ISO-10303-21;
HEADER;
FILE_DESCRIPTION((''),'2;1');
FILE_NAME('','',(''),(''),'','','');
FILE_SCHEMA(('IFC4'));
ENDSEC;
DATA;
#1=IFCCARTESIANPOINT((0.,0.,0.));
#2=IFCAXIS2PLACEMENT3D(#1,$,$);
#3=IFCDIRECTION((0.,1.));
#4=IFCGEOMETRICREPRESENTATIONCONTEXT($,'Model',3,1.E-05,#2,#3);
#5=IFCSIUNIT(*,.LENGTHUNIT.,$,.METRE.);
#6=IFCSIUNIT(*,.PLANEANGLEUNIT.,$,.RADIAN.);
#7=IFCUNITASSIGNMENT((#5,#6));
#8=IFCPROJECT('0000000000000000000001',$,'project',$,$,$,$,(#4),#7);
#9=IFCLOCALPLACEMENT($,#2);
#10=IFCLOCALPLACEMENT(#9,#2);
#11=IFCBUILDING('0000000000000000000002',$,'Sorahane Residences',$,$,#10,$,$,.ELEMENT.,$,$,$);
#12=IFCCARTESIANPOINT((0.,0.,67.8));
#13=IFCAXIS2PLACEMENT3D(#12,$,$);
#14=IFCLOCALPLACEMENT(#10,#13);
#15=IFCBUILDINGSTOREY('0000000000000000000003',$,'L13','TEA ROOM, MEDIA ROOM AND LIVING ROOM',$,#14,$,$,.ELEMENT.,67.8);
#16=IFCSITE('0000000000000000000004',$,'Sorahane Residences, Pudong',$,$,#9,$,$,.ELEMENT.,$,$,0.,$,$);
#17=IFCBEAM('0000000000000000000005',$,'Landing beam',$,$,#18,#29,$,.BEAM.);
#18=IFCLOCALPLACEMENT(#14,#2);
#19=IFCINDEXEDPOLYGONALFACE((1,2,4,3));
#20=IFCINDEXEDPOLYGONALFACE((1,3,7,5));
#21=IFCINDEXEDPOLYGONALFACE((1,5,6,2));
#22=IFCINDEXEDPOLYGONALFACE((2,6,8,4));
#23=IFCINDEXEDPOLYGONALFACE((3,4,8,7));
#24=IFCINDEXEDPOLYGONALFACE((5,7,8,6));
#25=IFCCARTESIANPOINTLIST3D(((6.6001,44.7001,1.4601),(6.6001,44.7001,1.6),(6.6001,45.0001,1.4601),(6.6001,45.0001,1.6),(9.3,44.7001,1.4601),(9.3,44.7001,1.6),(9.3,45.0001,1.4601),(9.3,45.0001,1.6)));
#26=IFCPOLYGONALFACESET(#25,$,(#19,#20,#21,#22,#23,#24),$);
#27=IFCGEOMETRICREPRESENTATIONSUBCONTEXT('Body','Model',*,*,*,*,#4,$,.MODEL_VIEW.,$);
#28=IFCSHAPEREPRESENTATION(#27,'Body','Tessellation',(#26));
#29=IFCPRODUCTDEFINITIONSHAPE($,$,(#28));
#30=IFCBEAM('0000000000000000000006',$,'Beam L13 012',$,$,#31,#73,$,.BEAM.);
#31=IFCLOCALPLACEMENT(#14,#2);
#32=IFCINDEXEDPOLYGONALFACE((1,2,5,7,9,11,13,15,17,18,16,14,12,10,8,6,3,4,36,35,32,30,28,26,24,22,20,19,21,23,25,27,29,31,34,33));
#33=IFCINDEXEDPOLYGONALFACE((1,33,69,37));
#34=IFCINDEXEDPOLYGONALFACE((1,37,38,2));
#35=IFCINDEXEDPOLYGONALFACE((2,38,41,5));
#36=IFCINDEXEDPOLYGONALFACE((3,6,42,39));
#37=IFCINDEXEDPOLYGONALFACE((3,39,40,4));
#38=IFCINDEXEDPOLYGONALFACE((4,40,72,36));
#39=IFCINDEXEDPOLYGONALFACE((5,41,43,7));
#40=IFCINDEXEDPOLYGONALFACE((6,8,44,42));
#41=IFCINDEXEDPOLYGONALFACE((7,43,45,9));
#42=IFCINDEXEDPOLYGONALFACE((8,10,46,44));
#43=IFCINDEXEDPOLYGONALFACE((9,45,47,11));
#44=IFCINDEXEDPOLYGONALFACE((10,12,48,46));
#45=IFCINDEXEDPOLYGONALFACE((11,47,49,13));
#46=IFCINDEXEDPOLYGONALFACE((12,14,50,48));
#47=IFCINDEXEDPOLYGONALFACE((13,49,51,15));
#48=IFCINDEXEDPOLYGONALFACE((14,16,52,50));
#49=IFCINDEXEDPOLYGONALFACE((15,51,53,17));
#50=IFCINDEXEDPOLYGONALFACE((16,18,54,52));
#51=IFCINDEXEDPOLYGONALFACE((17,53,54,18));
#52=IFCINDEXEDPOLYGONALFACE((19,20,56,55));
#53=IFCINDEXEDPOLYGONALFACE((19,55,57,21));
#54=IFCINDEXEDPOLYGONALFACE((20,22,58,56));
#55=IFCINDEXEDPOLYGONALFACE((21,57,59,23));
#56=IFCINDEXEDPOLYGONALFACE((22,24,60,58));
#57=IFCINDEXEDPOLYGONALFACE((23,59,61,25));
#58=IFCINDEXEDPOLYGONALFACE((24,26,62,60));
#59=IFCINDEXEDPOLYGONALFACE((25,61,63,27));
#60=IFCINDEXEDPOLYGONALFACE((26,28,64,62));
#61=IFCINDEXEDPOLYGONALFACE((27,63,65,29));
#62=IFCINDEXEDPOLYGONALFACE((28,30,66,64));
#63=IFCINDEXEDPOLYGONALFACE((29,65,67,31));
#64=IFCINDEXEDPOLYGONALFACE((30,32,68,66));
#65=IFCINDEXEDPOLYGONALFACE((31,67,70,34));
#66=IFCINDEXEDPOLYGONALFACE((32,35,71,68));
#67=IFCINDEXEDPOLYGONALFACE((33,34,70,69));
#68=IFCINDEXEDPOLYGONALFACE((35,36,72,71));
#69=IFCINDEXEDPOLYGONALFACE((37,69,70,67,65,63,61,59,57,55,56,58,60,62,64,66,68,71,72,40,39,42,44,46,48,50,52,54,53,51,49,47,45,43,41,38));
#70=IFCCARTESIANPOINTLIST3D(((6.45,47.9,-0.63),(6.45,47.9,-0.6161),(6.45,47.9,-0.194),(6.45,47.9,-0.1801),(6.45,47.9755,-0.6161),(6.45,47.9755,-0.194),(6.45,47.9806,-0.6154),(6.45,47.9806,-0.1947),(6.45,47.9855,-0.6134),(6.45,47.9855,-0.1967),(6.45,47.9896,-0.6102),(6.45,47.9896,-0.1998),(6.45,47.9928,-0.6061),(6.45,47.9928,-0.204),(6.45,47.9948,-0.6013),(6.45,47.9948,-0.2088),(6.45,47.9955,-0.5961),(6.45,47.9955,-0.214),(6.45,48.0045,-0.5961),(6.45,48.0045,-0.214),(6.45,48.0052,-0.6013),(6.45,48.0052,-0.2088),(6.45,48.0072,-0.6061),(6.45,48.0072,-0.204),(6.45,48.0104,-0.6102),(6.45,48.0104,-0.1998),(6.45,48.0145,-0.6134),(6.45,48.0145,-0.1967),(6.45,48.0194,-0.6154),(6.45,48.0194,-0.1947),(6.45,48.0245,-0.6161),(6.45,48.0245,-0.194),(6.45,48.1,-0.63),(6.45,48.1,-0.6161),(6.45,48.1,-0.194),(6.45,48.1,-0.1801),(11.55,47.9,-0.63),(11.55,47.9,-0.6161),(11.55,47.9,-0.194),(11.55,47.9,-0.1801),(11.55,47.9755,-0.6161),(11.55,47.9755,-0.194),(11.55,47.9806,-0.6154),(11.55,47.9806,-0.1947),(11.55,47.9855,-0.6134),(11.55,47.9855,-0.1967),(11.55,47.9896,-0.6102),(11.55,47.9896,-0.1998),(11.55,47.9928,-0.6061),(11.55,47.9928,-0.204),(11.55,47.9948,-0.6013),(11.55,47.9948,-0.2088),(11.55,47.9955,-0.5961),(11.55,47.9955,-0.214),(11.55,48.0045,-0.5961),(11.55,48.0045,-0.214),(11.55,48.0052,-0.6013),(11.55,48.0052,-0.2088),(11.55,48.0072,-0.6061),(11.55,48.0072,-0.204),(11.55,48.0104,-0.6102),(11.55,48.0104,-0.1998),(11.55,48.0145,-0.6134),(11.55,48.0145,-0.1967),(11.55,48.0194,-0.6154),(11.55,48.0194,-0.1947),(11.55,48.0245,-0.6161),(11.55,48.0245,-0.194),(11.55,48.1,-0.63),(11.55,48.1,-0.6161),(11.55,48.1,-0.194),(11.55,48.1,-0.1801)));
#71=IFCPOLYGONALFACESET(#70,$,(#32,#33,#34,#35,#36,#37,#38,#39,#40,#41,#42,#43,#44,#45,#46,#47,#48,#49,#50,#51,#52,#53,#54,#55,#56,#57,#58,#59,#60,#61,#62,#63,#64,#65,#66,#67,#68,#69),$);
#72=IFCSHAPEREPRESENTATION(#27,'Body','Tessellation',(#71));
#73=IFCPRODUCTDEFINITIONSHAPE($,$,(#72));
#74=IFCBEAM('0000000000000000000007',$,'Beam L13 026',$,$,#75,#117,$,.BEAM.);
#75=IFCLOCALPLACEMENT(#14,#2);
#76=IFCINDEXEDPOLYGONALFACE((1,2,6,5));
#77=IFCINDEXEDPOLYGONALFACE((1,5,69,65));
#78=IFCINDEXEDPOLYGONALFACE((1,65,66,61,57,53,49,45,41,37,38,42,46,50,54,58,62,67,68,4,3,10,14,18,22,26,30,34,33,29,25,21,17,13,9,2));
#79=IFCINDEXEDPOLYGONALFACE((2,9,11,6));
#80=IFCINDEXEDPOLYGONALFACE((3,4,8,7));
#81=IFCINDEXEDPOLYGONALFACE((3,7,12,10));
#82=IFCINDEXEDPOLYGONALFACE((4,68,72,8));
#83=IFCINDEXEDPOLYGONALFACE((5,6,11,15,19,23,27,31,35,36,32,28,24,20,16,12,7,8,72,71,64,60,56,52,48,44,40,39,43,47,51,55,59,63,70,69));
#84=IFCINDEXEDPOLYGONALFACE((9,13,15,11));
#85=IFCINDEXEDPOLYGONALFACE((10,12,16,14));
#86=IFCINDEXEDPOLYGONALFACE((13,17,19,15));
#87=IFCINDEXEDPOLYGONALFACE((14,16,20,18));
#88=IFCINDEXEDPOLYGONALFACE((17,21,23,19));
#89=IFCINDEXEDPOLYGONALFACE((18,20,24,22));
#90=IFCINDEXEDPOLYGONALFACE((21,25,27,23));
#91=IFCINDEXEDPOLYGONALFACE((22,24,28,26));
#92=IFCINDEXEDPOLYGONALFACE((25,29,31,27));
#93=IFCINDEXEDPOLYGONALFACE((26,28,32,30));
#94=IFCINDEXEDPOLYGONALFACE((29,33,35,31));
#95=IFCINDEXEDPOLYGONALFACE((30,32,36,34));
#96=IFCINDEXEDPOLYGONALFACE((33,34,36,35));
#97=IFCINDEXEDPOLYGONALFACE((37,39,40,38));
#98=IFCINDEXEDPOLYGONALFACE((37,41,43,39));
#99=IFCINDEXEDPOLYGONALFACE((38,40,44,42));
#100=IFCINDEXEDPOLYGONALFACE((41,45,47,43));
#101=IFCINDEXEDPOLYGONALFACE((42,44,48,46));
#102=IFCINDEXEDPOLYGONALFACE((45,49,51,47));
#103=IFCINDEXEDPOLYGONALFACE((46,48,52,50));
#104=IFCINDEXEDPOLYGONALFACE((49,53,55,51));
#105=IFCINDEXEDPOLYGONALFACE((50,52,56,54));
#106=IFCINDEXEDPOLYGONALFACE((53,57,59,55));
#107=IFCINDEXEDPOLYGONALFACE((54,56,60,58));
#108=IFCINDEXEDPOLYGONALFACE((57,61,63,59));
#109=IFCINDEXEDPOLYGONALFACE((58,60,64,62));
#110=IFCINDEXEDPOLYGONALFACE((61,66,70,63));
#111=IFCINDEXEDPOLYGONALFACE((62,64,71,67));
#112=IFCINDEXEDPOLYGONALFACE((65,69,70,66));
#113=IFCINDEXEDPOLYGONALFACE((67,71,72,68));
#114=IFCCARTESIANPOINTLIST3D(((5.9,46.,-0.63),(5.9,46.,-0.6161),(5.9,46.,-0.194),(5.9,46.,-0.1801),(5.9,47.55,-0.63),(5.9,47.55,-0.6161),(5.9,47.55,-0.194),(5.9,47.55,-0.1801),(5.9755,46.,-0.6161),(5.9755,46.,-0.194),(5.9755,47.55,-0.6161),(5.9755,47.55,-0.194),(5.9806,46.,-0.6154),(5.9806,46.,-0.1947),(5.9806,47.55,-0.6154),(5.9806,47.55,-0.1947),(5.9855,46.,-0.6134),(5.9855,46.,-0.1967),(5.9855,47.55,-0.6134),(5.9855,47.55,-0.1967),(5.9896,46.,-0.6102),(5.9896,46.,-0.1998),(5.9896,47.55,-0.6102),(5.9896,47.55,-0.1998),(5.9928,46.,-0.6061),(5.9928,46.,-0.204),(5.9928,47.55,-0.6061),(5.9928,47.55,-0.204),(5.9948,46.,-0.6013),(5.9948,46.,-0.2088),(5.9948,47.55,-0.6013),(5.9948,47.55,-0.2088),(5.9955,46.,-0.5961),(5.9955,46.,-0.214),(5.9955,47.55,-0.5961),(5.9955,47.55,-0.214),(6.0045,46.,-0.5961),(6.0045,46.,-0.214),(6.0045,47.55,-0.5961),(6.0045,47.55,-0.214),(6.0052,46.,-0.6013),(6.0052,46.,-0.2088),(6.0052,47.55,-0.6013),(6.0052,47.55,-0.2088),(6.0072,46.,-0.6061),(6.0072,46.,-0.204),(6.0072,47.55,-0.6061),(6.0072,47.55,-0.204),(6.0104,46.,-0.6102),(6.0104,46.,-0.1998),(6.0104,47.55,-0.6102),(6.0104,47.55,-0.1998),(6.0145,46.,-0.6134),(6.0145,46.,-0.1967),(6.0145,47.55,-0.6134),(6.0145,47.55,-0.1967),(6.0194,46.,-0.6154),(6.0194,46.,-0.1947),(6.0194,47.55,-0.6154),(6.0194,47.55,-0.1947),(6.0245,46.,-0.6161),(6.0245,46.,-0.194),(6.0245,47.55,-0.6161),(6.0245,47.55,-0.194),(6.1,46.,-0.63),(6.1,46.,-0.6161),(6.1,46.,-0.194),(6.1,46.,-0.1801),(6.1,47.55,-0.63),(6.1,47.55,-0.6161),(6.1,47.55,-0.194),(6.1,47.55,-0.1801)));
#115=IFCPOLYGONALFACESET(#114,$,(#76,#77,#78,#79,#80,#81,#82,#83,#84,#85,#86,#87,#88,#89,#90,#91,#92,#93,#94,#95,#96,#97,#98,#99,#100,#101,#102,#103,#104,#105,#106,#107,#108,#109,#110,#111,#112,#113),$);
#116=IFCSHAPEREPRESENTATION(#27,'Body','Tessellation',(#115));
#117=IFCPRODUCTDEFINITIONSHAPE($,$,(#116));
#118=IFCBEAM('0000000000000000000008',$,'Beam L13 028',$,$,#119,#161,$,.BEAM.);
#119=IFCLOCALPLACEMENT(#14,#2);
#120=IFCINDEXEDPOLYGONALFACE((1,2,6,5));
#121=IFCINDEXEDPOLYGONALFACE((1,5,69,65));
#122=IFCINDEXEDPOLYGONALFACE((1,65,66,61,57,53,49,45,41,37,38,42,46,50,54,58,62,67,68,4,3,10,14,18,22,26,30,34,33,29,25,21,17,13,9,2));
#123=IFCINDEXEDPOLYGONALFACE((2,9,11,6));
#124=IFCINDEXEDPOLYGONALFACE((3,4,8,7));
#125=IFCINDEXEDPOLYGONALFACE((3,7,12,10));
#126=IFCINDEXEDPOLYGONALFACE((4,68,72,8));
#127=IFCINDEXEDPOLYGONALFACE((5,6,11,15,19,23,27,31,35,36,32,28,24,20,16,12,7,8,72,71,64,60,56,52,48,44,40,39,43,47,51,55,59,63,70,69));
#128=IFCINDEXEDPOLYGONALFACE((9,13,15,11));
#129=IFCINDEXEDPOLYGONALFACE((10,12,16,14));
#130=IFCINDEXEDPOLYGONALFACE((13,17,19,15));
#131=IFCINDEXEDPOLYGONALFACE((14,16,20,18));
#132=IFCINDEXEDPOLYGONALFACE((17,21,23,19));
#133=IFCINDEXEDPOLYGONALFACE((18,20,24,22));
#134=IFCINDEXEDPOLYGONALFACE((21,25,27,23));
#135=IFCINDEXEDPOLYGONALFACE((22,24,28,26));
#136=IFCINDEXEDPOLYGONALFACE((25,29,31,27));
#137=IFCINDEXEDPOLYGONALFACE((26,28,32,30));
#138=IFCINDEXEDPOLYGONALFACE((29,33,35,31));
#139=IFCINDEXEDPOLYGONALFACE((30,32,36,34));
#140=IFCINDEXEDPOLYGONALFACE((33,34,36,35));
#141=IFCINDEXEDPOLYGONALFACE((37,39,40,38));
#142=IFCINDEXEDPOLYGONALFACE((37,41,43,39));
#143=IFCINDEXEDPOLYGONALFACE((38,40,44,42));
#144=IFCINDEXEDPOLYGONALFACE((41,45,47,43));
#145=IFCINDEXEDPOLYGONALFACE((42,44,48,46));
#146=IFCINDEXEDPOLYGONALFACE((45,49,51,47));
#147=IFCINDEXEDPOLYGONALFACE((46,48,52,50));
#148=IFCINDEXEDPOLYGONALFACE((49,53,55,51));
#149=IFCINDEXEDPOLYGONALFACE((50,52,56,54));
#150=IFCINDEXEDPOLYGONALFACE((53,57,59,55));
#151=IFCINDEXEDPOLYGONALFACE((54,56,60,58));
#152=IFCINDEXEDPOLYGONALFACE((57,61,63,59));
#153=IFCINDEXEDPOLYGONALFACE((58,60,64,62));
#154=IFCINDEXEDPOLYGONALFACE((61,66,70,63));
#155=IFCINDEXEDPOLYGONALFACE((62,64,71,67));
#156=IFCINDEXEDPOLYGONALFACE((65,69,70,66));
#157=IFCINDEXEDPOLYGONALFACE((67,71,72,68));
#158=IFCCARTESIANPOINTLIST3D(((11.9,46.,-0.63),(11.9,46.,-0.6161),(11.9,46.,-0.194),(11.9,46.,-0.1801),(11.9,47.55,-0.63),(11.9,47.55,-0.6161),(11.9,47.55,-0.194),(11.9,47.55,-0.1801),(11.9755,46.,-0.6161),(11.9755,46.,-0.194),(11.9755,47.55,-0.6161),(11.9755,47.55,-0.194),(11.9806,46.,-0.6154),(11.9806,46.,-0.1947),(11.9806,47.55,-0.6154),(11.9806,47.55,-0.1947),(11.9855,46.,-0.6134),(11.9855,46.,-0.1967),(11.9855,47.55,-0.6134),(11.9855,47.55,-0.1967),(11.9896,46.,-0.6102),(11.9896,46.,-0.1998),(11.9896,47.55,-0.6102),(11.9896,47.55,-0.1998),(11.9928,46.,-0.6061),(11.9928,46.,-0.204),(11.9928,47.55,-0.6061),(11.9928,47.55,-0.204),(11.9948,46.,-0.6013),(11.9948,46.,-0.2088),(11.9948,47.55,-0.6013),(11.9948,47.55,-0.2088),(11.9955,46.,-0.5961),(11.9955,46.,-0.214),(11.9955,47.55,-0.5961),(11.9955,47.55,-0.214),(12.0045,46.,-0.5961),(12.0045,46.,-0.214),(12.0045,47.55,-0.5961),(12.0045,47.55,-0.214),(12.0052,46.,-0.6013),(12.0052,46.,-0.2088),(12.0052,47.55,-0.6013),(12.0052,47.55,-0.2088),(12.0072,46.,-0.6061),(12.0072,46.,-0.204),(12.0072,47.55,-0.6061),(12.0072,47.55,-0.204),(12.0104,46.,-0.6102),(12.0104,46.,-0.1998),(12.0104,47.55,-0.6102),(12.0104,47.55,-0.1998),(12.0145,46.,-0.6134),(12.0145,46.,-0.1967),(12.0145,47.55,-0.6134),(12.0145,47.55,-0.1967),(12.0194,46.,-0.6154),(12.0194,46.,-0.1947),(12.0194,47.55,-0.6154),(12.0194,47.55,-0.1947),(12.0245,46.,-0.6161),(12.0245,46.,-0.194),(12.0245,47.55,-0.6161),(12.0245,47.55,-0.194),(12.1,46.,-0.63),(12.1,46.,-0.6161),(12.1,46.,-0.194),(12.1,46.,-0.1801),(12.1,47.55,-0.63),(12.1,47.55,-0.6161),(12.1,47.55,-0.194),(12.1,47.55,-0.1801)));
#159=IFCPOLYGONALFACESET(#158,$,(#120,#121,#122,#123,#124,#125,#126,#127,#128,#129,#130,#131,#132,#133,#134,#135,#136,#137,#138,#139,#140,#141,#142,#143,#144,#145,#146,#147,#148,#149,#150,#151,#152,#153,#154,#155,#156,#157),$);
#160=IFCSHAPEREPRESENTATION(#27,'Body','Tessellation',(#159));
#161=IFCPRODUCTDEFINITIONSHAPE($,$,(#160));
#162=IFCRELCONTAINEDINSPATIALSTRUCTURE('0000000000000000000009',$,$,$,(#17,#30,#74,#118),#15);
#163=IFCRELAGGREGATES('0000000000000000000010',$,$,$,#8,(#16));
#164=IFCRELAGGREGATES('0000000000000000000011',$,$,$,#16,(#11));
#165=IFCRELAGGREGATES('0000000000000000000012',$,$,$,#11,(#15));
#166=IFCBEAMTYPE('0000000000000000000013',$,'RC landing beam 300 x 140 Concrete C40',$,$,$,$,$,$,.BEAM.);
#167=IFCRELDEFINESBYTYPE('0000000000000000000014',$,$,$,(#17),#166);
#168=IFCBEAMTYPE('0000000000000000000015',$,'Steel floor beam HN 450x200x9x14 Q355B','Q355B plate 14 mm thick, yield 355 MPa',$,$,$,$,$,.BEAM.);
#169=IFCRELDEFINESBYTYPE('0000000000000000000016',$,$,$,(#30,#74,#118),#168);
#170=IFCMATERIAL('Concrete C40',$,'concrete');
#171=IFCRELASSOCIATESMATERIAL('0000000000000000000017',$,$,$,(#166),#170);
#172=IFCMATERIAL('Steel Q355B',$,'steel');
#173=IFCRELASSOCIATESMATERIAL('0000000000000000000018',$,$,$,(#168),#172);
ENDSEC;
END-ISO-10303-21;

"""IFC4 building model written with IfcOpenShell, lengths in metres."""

from ifc_helpers import new_model, si_unit, direction, frame, origin, origin_2d, place, context, subcontext, project, spatial, rectangle, i_section, extrude, material, material_profile, profile_set, type_object, element, save


model = new_model("IFC4")

# Units and contexts
model_context = context("Model", 3, precision=1e-05, world=origin(), true_north=direction((0.0, 1.0)))
body_context = subcontext(model_context, "Body", "Model", "MODEL_VIEW")
ifc_project = project(units=[si_unit("LENGTHUNIT", "METRE"), si_unit("PLANEANGLEUNIT", "RADIAN")], contexts=[model_context])

# Site, building, storey
site_placement = place(None, origin())
site = spatial("IfcSite", under=ifc_project, at=site_placement, Name="Sorahane Residences, Pudong", CompositionType="ELEMENT", RefElevation=0.0)
building_placement = place(site_placement, origin())
building = spatial("IfcBuilding", under=site, at=building_placement, Name="Sorahane Residences", CompositionType="ELEMENT")
storey_placement = place(building_placement, frame((0.0, 0.0, 67.8)))
storey = spatial("IfcBuildingStorey", under=building, at=storey_placement, Name="L13", Description="TEA ROOM, MEDIA ROOM AND LIVING ROOM", CompositionType="ELEMENT", Elevation=67.8)

# Beams
ifc_material_1 = material(Name="Concrete C40", Category="concrete")
ifc_material_profile_1 = material_profile(ifc_material_1, rectangle(XDim=0.3, YDim=0.1399, at=origin_2d()), Name="300x140")
ifc_profile_set_1 = profile_set([ifc_material_profile_1], Name="Concrete C40")
beam_type_1 = type_object("IfcBeamType", Name="RC landing beam 300 x 140 Concrete C40", PredefinedType="BEAM", material=ifc_profile_set_1)
for number, where, z_axis, x_axis, name in (
    (1, (6.6001, 44.8501, 1.53), (1.0, 0.0, 0.0), (0.0, 1.0, 0.0), "Landing beam"),
):
    element("IfcBeam", number, at=place(storey_placement, frame(where, z_axis=z_axis, x_axis=x_axis)), inside=storey, type_object=beam_type_1, Name=name, PredefinedType="BEAM", context=body_context, shape_type="SweptSolid", body=[
        extrude(rectangle(XDim=0.3, YDim=0.1399, at=origin_2d()), origin(), (0.0, 0.0, 1.0), 2.7),
    ])
ifc_material_2 = material(Name="Steel Q355B", Category="steel")
ifc_material_profile_2 = material_profile(ifc_material_2, i_section(OverallWidth=0.2, OverallDepth=0.45, WebThickness=0.009, FlangeThickness=0.0139, FilletRadius=0.02, at=origin_2d()), Name="HN 450x200x9x14")
ifc_profile_set_2 = profile_set([ifc_material_profile_2], Name="Steel Q355B")
beam_type_2 = type_object("IfcBeamType", Name="Steel floor beam HN 450x200x9x14 Q355B", Description="Q355B plate 14 mm thick, yield 355 MPa", PredefinedType="BEAM", material=ifc_profile_set_2)
beam_1_placement = place(storey_placement, frame((6.45, 48.0, -0.405), z_axis=(1.0, 0.0, 0.0), x_axis=(0.0, 1.0, 0.0)))
element("IfcBeam", 2, at=beam_1_placement, inside=storey, type_object=beam_type_2, Name="Beam L13 012", PredefinedType="BEAM", context=body_context, shape_type="SweptSolid", body=[
    extrude(i_section(OverallWidth=0.2, OverallDepth=0.45, WebThickness=0.009, FlangeThickness=0.0139, FilletRadius=0.02, at=origin_2d()), origin(), (0.0, 0.0, 1.0), 5.1001),
])
for number, where, z_axis, x_axis, name in (
    (3, (6.0, 46.0, -0.405), (0.0, 1.0, 0.0), (-1.0, 0.0, 0.0), "Beam L13 026"),
    (4, (12.0, 46.0, -0.405), (0.0, 1.0, 0.0), (-1.0, 0.0, 0.0), "Beam L13 028"),
):
    element("IfcBeam", number, at=place(storey_placement, frame(where, z_axis=z_axis, x_axis=x_axis)), inside=storey, type_object=beam_type_2, Name=name, PredefinedType="BEAM", context=body_context, shape_type="SweptSolid", body=[
        extrude(i_section(OverallWidth=0.2, OverallDepth=0.45, WebThickness=0.009, FlangeThickness=0.0139, FilletRadius=0.02, at=origin_2d()), origin(), (0.0, 0.0, 1.0), 1.55),
    ])

save(model, "model.ifc")
